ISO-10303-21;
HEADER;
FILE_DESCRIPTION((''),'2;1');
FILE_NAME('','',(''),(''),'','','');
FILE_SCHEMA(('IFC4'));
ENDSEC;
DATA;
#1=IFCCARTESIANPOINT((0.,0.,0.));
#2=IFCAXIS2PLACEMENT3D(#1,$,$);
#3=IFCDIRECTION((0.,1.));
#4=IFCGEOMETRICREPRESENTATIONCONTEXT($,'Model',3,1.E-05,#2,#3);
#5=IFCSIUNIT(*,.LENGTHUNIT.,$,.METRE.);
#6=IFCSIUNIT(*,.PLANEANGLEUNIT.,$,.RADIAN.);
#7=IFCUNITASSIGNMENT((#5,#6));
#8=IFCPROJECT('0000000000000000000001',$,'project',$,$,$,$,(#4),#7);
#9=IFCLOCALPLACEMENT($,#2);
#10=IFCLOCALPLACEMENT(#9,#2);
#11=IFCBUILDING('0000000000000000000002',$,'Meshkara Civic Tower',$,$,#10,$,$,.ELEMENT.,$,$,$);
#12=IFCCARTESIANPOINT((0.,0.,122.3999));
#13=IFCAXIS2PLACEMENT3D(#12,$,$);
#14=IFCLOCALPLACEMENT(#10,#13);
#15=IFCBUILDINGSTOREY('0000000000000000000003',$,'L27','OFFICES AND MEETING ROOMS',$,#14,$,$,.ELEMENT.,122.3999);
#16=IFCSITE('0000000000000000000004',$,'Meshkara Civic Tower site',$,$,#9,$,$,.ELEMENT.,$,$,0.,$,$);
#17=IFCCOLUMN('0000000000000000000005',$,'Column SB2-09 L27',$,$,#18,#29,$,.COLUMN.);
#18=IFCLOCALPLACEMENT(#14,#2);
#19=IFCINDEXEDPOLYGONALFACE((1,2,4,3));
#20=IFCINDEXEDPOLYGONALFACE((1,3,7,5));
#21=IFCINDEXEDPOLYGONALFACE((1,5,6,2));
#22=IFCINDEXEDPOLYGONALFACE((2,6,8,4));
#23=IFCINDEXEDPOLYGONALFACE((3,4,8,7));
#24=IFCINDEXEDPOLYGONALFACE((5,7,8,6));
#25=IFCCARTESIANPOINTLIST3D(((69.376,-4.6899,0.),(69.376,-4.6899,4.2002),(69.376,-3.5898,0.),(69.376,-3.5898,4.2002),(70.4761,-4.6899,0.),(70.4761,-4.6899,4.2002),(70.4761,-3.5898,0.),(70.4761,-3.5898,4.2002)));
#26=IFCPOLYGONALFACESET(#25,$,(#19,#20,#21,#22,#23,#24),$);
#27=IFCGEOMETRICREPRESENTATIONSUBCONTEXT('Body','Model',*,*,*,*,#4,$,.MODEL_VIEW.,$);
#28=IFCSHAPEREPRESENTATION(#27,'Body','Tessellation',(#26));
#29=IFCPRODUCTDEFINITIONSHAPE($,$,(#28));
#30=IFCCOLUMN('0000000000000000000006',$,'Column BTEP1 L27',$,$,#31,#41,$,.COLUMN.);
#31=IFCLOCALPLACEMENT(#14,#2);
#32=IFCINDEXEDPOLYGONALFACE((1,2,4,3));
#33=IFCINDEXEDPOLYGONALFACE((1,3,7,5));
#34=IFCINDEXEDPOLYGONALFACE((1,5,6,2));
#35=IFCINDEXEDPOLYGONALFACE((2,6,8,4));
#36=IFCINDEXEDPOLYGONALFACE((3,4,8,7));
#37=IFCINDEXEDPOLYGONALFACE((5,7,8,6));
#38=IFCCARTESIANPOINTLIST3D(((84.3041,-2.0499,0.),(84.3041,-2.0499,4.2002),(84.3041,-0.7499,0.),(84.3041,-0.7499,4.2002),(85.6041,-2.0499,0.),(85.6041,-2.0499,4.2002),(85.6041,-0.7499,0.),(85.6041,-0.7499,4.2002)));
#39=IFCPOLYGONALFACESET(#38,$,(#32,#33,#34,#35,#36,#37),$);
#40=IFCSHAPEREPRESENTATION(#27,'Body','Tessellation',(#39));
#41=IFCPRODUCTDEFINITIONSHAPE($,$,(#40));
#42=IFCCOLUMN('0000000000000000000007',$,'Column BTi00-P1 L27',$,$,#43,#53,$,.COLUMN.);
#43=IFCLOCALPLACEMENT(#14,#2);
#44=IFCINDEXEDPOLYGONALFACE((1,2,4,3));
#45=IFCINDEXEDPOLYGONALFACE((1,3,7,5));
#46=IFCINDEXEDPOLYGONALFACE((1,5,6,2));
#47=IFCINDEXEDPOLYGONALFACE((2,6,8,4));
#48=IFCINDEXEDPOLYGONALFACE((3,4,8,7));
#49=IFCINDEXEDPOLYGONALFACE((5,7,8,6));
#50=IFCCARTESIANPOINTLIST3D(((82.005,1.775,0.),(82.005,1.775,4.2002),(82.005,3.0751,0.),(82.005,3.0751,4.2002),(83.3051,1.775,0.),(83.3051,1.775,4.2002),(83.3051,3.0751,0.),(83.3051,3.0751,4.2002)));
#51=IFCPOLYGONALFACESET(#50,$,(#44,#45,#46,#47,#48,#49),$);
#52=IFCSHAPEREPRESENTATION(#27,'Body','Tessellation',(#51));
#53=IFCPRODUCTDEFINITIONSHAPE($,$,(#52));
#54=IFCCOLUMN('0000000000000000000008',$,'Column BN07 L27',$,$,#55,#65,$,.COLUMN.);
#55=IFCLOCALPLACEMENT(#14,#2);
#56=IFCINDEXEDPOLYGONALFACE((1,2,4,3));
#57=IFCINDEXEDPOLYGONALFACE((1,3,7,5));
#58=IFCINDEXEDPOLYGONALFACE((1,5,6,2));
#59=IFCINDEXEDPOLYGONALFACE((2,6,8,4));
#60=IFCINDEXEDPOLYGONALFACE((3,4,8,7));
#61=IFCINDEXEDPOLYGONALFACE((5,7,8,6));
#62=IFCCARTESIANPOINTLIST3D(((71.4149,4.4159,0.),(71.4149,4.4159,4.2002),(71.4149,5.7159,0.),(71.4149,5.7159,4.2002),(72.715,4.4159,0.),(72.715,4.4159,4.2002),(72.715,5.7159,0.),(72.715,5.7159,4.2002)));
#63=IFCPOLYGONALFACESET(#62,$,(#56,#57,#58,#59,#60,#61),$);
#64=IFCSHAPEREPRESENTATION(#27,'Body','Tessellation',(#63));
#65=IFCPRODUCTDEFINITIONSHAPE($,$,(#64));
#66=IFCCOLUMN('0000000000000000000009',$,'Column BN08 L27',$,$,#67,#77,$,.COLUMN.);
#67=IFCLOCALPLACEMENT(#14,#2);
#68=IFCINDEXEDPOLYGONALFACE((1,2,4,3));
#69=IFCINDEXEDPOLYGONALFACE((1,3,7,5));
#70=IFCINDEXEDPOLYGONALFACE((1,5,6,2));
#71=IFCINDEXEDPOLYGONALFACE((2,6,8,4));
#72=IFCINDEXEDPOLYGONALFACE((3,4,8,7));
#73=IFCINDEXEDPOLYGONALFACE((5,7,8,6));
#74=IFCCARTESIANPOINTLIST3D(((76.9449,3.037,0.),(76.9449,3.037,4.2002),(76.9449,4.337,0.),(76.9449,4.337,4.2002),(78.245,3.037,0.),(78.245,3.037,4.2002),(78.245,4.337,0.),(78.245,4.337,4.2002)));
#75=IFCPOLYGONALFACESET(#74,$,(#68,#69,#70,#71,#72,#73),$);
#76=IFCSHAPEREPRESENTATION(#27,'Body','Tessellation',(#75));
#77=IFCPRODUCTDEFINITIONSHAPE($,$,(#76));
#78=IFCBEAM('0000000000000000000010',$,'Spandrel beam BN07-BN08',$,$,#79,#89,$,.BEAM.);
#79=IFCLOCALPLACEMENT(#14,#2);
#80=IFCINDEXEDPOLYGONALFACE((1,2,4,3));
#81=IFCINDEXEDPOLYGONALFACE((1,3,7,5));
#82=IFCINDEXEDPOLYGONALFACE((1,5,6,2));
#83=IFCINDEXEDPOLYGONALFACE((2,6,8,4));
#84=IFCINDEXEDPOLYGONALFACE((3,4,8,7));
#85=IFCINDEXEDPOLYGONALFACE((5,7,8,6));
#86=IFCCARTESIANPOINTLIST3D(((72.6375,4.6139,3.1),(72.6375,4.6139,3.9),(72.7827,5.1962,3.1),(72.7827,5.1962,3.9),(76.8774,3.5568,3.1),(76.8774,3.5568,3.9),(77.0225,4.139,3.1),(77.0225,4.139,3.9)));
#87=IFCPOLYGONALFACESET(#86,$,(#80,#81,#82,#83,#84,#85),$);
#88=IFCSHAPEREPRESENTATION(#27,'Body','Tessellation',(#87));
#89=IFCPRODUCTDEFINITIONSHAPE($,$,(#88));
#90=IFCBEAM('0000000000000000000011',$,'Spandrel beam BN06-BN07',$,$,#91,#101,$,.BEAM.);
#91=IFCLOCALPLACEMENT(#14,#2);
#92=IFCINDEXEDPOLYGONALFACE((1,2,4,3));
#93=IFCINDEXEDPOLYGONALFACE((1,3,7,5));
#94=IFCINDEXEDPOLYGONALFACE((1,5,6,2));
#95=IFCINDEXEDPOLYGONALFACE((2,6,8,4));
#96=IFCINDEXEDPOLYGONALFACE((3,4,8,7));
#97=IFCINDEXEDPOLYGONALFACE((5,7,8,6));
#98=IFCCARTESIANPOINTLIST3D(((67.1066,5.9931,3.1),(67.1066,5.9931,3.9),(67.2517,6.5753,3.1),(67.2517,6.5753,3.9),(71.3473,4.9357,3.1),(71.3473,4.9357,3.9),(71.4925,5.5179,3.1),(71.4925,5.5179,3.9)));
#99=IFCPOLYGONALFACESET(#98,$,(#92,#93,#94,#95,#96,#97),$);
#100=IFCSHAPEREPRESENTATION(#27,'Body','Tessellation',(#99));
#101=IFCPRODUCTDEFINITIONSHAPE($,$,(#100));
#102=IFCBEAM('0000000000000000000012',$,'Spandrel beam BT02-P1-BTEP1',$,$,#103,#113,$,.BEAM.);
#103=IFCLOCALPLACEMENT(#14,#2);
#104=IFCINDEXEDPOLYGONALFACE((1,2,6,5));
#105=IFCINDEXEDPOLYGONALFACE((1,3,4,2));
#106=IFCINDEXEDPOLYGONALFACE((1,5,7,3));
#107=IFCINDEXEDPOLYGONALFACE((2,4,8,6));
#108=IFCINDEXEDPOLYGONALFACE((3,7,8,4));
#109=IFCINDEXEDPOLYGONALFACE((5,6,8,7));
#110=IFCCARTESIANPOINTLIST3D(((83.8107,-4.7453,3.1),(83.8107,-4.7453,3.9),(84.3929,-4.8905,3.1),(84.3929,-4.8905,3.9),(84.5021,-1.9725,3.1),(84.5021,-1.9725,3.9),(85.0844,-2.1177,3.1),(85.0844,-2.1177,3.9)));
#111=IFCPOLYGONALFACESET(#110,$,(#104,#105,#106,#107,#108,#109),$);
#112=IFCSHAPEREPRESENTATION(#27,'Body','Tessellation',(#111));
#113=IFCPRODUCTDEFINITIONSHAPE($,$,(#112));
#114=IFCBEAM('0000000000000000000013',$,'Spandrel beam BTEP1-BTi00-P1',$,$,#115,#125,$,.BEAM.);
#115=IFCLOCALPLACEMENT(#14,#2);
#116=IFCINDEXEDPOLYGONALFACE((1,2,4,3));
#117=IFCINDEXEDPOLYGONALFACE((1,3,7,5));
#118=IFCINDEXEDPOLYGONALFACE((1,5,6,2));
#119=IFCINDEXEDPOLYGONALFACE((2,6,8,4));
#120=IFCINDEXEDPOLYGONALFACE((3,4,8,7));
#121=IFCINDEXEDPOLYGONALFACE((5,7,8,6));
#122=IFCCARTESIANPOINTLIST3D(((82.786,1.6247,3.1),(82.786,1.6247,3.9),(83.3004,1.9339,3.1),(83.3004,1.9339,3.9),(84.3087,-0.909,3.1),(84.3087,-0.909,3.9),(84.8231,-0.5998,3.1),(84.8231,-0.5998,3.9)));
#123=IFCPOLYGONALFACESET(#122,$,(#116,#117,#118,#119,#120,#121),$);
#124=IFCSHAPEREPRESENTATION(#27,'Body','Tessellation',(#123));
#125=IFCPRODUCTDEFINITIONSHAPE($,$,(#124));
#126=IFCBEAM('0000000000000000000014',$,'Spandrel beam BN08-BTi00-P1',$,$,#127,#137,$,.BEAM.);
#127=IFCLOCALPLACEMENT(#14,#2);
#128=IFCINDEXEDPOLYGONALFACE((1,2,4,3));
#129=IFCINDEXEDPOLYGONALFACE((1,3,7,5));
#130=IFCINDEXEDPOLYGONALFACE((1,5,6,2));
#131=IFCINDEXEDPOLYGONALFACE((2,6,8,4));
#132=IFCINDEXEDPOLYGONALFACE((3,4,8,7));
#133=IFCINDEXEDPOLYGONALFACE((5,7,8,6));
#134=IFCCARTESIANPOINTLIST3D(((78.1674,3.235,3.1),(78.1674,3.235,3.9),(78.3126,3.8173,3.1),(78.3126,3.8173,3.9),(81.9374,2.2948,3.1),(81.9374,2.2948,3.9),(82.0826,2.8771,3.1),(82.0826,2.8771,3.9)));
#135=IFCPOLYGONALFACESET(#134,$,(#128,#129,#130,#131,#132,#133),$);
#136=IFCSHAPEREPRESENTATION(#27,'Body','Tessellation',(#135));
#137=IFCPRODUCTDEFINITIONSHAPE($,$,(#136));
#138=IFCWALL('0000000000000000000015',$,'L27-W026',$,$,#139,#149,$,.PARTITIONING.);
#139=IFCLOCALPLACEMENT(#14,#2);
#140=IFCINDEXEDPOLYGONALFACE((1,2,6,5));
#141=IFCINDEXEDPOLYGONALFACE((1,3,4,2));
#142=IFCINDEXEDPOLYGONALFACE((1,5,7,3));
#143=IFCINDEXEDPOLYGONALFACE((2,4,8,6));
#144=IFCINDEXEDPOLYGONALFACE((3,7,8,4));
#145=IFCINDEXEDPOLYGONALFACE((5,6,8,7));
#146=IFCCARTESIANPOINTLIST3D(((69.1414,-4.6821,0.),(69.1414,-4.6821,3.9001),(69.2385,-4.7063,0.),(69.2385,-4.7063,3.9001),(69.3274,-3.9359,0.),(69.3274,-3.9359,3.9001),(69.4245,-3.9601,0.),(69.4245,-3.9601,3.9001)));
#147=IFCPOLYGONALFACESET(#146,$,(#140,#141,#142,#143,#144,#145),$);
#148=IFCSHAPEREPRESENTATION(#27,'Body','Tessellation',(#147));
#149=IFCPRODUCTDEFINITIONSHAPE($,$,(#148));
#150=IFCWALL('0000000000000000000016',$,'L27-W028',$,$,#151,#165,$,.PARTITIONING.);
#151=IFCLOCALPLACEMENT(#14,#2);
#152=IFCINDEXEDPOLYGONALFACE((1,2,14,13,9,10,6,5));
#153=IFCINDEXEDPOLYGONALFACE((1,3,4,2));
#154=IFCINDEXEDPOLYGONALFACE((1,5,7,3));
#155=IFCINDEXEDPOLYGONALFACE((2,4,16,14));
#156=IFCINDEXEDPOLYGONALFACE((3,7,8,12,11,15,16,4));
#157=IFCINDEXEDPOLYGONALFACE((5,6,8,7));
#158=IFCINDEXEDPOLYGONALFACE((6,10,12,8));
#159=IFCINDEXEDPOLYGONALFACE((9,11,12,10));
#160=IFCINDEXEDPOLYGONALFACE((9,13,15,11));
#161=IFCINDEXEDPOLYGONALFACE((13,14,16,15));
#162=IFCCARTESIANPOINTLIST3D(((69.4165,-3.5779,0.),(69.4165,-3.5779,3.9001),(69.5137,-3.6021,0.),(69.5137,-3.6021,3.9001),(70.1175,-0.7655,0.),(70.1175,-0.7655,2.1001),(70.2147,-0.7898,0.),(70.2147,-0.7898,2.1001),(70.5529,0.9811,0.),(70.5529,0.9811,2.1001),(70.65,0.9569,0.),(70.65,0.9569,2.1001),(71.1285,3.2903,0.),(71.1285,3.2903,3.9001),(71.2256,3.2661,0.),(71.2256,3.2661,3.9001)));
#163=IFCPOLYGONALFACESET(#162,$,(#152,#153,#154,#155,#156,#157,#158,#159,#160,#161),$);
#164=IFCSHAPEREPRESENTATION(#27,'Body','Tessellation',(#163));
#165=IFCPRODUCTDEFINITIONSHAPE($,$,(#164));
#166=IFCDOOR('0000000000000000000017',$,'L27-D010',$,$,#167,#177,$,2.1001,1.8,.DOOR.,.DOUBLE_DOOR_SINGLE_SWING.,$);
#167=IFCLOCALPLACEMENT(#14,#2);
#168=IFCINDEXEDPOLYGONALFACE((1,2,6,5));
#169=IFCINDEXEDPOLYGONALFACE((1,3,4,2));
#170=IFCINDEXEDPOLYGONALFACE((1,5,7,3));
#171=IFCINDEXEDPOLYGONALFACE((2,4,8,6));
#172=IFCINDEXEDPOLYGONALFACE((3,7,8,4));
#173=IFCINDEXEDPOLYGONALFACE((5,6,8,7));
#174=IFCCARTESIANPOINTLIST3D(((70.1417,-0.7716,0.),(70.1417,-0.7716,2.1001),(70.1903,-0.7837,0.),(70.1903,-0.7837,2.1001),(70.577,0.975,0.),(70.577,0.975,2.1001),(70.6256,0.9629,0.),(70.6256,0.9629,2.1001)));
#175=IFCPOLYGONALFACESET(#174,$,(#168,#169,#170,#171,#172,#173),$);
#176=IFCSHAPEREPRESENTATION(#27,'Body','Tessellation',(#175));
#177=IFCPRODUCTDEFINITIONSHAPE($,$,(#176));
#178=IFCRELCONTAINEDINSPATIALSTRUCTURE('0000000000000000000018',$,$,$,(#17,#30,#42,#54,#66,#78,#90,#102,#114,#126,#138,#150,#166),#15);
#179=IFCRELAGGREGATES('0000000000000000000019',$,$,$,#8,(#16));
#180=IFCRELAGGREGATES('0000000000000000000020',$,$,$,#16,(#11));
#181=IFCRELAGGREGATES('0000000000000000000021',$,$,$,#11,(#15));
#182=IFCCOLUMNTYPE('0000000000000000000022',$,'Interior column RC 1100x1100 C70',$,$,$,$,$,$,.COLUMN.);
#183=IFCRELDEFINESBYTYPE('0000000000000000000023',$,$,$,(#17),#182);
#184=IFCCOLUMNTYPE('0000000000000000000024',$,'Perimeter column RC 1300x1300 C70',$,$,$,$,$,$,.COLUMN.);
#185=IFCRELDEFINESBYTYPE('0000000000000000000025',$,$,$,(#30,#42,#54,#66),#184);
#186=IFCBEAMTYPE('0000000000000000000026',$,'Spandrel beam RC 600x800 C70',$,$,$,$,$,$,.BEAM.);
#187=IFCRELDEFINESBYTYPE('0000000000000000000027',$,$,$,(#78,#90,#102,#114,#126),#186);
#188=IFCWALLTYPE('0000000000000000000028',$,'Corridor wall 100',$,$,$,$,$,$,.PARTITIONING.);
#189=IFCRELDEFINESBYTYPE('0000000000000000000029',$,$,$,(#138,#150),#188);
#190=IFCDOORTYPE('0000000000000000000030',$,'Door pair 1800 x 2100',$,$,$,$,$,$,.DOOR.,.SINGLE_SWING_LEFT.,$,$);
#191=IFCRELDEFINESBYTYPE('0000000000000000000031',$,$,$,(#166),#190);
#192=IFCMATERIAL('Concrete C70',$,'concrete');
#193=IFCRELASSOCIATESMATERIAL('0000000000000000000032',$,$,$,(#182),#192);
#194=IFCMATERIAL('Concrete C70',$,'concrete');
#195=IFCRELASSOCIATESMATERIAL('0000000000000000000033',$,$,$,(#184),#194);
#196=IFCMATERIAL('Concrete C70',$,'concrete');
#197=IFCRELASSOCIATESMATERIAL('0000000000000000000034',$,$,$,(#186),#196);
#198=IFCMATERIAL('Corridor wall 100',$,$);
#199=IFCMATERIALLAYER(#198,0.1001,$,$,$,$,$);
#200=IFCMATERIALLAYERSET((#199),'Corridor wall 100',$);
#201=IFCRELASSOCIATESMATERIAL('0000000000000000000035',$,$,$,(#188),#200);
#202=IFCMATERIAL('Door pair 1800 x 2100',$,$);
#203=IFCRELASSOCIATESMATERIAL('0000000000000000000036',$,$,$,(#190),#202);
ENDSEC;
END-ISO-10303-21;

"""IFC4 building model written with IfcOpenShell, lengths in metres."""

from ifc_helpers import new_model, si_unit, direction, frame, frame_2d, origin, origin_2d, place, context, subcontext, project, spatial, rectangle, extrude, material, layer, layer_set, material_profile, profile_set, type_object, element, fill, save


model = new_model("IFC4")

# Units and contexts
model_context = context("Model", 3, precision=1e-05, world=origin(), true_north=direction((0.0, 1.0)))
body_context = subcontext(model_context, "Body", "Model", "MODEL_VIEW")
ifc_project = project(units=[si_unit("LENGTHUNIT", "METRE"), si_unit("PLANEANGLEUNIT", "RADIAN")], contexts=[model_context])

# Site, building, storey
site_placement = place(None, origin())
site = spatial("IfcSite", under=ifc_project, at=site_placement, Name="Meshkara Civic Tower site", CompositionType="ELEMENT", RefElevation=0.0)
building_placement = place(site_placement, origin())
building = spatial("IfcBuilding", under=site, at=building_placement, Name="Meshkara Civic Tower", CompositionType="ELEMENT")
storey_placement = place(building_placement, frame((0.0, 0.0, 122.3999)))
storey = spatial("IfcBuildingStorey", under=building, at=storey_placement, Name="L27", Description="OFFICES AND MEETING ROOMS", CompositionType="ELEMENT", Elevation=122.3999)

# Columns
ifc_material_1 = material(Name="Concrete C70", Category="concrete")
ifc_material_profile_1 = material_profile(ifc_material_1, rectangle(XDim=1.1001, YDim=1.1001, at=origin_2d()))
ifc_profile_set_1 = profile_set([ifc_material_profile_1], Name="Concrete C70")
column_type_1 = type_object("IfcColumnType", Name="Interior column RC 1100x1100 C70", PredefinedType="COLUMN", material=ifc_profile_set_1)
column_placement = place(storey_placement, frame((69.926, -4.1399, 0.0), z_axis=(0.0, 0.0, 1.0), x_axis=(1.0, 0.0, 0.0)))
element("IfcColumn", 1, at=column_placement, inside=storey, type_object=column_type_1, Name="Column SB2-09 L27", PredefinedType="COLUMN", context=body_context, shape_type="SweptSolid", body=[
    extrude(rectangle(XDim=1.1001, YDim=1.1001, at=origin_2d()), origin(), (0.0, 0.0, 1.0), 4.2002),
])
ifc_material_2 = material(Name="Concrete C70", Category="concrete")
ifc_material_profile_2 = material_profile(ifc_material_2, rectangle(XDim=1.3, YDim=1.3, at=origin_2d()))
ifc_profile_set_2 = profile_set([ifc_material_profile_2], Name="Concrete C70")
column_type_2 = type_object("IfcColumnType", Name="Perimeter column RC 1300x1300 C70", PredefinedType="COLUMN", material=ifc_profile_set_2)
for number, where, z_axis, x_axis, name in (
    (2, (84.9541, -1.3999, 0.0), (0.0, 0.0, 1.0), (1.0, 0.0, 0.0), "Column BTEP1 L27"),
    (3, (82.655, 2.425, 0.0), (0.0, 0.0, 1.0), (1.0, 0.0, 0.0), "Column BTi00-P1 L27"),
    (4, (72.0649, 5.0659, 0.0), (0.0, 0.0, 1.0), (1.0, 0.0, 0.0), "Column BN07 L27"),
    (5, (77.595, 3.687, 0.0), (0.0, 0.0, 1.0), (1.0, 0.0, 0.0), "Column BN08 L27"),
):
    element("IfcColumn", number, at=place(storey_placement, frame(where, z_axis=z_axis, x_axis=x_axis)), inside=storey, type_object=column_type_2, Name=name, PredefinedType="COLUMN", context=body_context, shape_type="SweptSolid", body=[
        extrude(rectangle(XDim=1.3, YDim=1.3, at=origin_2d()), origin(), (0.0, 0.0, 1.0), 4.2002),
    ])

# Beams
ifc_material_3 = material(Name="Concrete C70", Category="concrete")
ifc_material_profile_3 = material_profile(ifc_material_3, rectangle(XDim=0.6001, YDim=0.8, at=origin_2d()))
ifc_profile_set_3 = profile_set([ifc_material_profile_3], Name="Concrete C70")
beam_type = type_object("IfcBeamType", Name="Spandrel beam RC 600x800 C70", PredefinedType="BEAM", material=ifc_profile_set_3)
beam_1_placement = place(storey_placement, frame((76.95, 3.8479, 3.5), z_axis=(-0.970293, 0.241931, 0.0), x_axis=(-0.241931, -0.970293, 0.0)))
element("IfcBeam", 6, at=beam_1_placement, inside=storey, type_object=beam_type, Name="Spandrel beam BN07-BN08", PredefinedType="BEAM", context=body_context, shape_type="SweptSolid", body=[
    extrude(rectangle(XDim=0.6001, YDim=0.8, at=origin_2d()), origin(), (0.0, 0.0, 1.0), 4.3696),
])
beam_2_placement = place(storey_placement, frame((71.4199, 5.2268, 3.5), z_axis=(-0.970293, 0.241931, 0.0), x_axis=(-0.241931, -0.970293, 0.0)))
element("IfcBeam", 7, at=beam_2_placement, inside=storey, type_object=beam_type, Name="Spandrel beam BN06-BN07", PredefinedType="BEAM", context=body_context, shape_type="SweptSolid", body=[
    extrude(rectangle(XDim=0.6001, YDim=0.8, at=origin_2d()), origin(), (0.0, 0.0, 1.0), 4.3706),
])
beam_3_placement = place(storey_placement, frame((84.1018, -4.8179, 3.5), z_axis=(0.241953, 0.970288, 0.0), x_axis=(-0.970288, 0.241953, 0.0)))
element("IfcBeam", 8, at=beam_3_placement, inside=storey, type_object=beam_type, Name="Spandrel beam BT02-P1-BTEP1", PredefinedType="BEAM", context=body_context, shape_type="SweptSolid", body=[
    extrude(rectangle(XDim=0.6001, YDim=0.8, at=origin_2d()), origin(), (0.0, 0.0, 1.0), 2.8577),
])
beam_4_placement = place(storey_placement, frame((84.5659, -0.7544, 3.5), z_axis=(-0.515115, 0.857121, 0.0), x_axis=(-0.857121, -0.515115, 0.0)))
element("IfcBeam", 9, at=beam_4_placement, inside=storey, type_object=beam_type, Name="Spandrel beam BTEP1-BTi00-P1", PredefinedType="BEAM", context=body_context, shape_type="SweptSolid", body=[
    extrude(rectangle(XDim=0.6001, YDim=0.8, at=origin_2d()), origin(), (0.0, 0.0, 1.0), 2.9561),
])
beam_5_placement = place(storey_placement, frame((82.01, 2.5859, 3.5), z_axis=(-0.970283, 0.241974, 0.0), x_axis=(-0.241974, -0.970283, 0.0)))
element("IfcBeam", 10, at=beam_5_placement, inside=storey, type_object=beam_type, Name="Spandrel beam BN08-BTi00-P1", PredefinedType="BEAM", context=body_context, shape_type="SweptSolid", body=[
    extrude(rectangle(XDim=0.6001, YDim=0.8, at=origin_2d()), origin(), (0.0, 0.0, 1.0), 3.8855),
])

# Wall
ifc_material_4 = material(Name="Corridor wall 100")
ifc_layer_1 = layer(ifc_material_4, 0.1001)
ifc_layer_set_1 = layer_set([ifc_layer_1], Name="Corridor wall 100")
wall_type_1 = type_object("IfcWallType", Name="Corridor wall 100", PredefinedType="PARTITIONING", material=ifc_layer_set_1)
wall_1_placement = place(storey_placement, frame((69.376, -3.948, 0.0), z_axis=(0.0, 0.0, 1.0), x_axis=(-0.241938, -0.970292, 0.0)))
element("IfcWall", 11, at=wall_1_placement, inside=storey, type_object=wall_type_1, Name="L27-W026", PredefinedType="PARTITIONING", context=body_context, shape_type="SweptSolid", body=[
    extrude(rectangle(XDim=0.769, YDim=0.1001, at=frame_2d((0.3845, 0.0))), origin(), (0.0, 0.0, 1.0), 3.9001),
])

# Wall, opening, door
wall_2_placement = place(storey_placement, frame((71.177, 3.2781, 0.0), z_axis=(0.0, 0.0, 1.0), x_axis=(-0.241854, -0.970313, 0.0)))
wall_2 = element("IfcWall", 12, at=wall_2_placement, inside=storey, type_object=wall_type_1, Name="L27-W028", PredefinedType="PARTITIONING", context=body_context, shape_type="SweptSolid", body=[
    extrude(rectangle(XDim=7.0784, YDim=0.1001, at=frame_2d((3.5391, 0.0))), origin(), (0.0, 0.0, 1.0), 3.9001),
])
opening_1_placement = place(wall_2_placement, frame((2.3799, 0.0, 0.0)))
opening_1 = element("IfcOpeningElement", 13, at=opening_1_placement, cuts=wall_2, PredefinedType="OPENING", context=body_context, shape_type="SweptSolid", body=[
    extrude(rectangle(XDim=1.8, YDim=2.1001, at=frame_2d((0.8999, 1.05))), frame((0.0, 0.0601, 0.0), z_axis=(0.0, -1.0, 0.0), x_axis=(1.0, 0.0, 0.0)), (0.0, 0.0, 1.0), 0.1201),
])
ifc_material_5 = material(Name="Door pair 1800 x 2100")
door_type = type_object("IfcDoorType", Name="Door pair 1800 x 2100", OperationType="SINGLE_SWING_LEFT", PredefinedType="DOOR", material=ifc_material_5)
door_1_placement = place(opening_1_placement, origin())
door_1 = element("IfcDoor", 14, at=door_1_placement, inside=storey, type_object=door_type, Name="L27-D010", OperationType="DOUBLE_DOOR_SINGLE_SWING", OverallHeight=2.1001, OverallWidth=1.8, PredefinedType="DOOR", context=body_context, shape_type="SweptSolid", body=[
    extrude(rectangle(XDim=1.8, YDim=2.1001, at=frame_2d((0.8999, 1.05))), frame((0.0, 0.0249, 0.0), z_axis=(0.0, -1.0, 0.0), x_axis=(1.0, 0.0, 0.0)), (0.0, 0.0, 1.0), 0.05),
])
fill(opening_1, door_1)

save(model, "model.ifc")
